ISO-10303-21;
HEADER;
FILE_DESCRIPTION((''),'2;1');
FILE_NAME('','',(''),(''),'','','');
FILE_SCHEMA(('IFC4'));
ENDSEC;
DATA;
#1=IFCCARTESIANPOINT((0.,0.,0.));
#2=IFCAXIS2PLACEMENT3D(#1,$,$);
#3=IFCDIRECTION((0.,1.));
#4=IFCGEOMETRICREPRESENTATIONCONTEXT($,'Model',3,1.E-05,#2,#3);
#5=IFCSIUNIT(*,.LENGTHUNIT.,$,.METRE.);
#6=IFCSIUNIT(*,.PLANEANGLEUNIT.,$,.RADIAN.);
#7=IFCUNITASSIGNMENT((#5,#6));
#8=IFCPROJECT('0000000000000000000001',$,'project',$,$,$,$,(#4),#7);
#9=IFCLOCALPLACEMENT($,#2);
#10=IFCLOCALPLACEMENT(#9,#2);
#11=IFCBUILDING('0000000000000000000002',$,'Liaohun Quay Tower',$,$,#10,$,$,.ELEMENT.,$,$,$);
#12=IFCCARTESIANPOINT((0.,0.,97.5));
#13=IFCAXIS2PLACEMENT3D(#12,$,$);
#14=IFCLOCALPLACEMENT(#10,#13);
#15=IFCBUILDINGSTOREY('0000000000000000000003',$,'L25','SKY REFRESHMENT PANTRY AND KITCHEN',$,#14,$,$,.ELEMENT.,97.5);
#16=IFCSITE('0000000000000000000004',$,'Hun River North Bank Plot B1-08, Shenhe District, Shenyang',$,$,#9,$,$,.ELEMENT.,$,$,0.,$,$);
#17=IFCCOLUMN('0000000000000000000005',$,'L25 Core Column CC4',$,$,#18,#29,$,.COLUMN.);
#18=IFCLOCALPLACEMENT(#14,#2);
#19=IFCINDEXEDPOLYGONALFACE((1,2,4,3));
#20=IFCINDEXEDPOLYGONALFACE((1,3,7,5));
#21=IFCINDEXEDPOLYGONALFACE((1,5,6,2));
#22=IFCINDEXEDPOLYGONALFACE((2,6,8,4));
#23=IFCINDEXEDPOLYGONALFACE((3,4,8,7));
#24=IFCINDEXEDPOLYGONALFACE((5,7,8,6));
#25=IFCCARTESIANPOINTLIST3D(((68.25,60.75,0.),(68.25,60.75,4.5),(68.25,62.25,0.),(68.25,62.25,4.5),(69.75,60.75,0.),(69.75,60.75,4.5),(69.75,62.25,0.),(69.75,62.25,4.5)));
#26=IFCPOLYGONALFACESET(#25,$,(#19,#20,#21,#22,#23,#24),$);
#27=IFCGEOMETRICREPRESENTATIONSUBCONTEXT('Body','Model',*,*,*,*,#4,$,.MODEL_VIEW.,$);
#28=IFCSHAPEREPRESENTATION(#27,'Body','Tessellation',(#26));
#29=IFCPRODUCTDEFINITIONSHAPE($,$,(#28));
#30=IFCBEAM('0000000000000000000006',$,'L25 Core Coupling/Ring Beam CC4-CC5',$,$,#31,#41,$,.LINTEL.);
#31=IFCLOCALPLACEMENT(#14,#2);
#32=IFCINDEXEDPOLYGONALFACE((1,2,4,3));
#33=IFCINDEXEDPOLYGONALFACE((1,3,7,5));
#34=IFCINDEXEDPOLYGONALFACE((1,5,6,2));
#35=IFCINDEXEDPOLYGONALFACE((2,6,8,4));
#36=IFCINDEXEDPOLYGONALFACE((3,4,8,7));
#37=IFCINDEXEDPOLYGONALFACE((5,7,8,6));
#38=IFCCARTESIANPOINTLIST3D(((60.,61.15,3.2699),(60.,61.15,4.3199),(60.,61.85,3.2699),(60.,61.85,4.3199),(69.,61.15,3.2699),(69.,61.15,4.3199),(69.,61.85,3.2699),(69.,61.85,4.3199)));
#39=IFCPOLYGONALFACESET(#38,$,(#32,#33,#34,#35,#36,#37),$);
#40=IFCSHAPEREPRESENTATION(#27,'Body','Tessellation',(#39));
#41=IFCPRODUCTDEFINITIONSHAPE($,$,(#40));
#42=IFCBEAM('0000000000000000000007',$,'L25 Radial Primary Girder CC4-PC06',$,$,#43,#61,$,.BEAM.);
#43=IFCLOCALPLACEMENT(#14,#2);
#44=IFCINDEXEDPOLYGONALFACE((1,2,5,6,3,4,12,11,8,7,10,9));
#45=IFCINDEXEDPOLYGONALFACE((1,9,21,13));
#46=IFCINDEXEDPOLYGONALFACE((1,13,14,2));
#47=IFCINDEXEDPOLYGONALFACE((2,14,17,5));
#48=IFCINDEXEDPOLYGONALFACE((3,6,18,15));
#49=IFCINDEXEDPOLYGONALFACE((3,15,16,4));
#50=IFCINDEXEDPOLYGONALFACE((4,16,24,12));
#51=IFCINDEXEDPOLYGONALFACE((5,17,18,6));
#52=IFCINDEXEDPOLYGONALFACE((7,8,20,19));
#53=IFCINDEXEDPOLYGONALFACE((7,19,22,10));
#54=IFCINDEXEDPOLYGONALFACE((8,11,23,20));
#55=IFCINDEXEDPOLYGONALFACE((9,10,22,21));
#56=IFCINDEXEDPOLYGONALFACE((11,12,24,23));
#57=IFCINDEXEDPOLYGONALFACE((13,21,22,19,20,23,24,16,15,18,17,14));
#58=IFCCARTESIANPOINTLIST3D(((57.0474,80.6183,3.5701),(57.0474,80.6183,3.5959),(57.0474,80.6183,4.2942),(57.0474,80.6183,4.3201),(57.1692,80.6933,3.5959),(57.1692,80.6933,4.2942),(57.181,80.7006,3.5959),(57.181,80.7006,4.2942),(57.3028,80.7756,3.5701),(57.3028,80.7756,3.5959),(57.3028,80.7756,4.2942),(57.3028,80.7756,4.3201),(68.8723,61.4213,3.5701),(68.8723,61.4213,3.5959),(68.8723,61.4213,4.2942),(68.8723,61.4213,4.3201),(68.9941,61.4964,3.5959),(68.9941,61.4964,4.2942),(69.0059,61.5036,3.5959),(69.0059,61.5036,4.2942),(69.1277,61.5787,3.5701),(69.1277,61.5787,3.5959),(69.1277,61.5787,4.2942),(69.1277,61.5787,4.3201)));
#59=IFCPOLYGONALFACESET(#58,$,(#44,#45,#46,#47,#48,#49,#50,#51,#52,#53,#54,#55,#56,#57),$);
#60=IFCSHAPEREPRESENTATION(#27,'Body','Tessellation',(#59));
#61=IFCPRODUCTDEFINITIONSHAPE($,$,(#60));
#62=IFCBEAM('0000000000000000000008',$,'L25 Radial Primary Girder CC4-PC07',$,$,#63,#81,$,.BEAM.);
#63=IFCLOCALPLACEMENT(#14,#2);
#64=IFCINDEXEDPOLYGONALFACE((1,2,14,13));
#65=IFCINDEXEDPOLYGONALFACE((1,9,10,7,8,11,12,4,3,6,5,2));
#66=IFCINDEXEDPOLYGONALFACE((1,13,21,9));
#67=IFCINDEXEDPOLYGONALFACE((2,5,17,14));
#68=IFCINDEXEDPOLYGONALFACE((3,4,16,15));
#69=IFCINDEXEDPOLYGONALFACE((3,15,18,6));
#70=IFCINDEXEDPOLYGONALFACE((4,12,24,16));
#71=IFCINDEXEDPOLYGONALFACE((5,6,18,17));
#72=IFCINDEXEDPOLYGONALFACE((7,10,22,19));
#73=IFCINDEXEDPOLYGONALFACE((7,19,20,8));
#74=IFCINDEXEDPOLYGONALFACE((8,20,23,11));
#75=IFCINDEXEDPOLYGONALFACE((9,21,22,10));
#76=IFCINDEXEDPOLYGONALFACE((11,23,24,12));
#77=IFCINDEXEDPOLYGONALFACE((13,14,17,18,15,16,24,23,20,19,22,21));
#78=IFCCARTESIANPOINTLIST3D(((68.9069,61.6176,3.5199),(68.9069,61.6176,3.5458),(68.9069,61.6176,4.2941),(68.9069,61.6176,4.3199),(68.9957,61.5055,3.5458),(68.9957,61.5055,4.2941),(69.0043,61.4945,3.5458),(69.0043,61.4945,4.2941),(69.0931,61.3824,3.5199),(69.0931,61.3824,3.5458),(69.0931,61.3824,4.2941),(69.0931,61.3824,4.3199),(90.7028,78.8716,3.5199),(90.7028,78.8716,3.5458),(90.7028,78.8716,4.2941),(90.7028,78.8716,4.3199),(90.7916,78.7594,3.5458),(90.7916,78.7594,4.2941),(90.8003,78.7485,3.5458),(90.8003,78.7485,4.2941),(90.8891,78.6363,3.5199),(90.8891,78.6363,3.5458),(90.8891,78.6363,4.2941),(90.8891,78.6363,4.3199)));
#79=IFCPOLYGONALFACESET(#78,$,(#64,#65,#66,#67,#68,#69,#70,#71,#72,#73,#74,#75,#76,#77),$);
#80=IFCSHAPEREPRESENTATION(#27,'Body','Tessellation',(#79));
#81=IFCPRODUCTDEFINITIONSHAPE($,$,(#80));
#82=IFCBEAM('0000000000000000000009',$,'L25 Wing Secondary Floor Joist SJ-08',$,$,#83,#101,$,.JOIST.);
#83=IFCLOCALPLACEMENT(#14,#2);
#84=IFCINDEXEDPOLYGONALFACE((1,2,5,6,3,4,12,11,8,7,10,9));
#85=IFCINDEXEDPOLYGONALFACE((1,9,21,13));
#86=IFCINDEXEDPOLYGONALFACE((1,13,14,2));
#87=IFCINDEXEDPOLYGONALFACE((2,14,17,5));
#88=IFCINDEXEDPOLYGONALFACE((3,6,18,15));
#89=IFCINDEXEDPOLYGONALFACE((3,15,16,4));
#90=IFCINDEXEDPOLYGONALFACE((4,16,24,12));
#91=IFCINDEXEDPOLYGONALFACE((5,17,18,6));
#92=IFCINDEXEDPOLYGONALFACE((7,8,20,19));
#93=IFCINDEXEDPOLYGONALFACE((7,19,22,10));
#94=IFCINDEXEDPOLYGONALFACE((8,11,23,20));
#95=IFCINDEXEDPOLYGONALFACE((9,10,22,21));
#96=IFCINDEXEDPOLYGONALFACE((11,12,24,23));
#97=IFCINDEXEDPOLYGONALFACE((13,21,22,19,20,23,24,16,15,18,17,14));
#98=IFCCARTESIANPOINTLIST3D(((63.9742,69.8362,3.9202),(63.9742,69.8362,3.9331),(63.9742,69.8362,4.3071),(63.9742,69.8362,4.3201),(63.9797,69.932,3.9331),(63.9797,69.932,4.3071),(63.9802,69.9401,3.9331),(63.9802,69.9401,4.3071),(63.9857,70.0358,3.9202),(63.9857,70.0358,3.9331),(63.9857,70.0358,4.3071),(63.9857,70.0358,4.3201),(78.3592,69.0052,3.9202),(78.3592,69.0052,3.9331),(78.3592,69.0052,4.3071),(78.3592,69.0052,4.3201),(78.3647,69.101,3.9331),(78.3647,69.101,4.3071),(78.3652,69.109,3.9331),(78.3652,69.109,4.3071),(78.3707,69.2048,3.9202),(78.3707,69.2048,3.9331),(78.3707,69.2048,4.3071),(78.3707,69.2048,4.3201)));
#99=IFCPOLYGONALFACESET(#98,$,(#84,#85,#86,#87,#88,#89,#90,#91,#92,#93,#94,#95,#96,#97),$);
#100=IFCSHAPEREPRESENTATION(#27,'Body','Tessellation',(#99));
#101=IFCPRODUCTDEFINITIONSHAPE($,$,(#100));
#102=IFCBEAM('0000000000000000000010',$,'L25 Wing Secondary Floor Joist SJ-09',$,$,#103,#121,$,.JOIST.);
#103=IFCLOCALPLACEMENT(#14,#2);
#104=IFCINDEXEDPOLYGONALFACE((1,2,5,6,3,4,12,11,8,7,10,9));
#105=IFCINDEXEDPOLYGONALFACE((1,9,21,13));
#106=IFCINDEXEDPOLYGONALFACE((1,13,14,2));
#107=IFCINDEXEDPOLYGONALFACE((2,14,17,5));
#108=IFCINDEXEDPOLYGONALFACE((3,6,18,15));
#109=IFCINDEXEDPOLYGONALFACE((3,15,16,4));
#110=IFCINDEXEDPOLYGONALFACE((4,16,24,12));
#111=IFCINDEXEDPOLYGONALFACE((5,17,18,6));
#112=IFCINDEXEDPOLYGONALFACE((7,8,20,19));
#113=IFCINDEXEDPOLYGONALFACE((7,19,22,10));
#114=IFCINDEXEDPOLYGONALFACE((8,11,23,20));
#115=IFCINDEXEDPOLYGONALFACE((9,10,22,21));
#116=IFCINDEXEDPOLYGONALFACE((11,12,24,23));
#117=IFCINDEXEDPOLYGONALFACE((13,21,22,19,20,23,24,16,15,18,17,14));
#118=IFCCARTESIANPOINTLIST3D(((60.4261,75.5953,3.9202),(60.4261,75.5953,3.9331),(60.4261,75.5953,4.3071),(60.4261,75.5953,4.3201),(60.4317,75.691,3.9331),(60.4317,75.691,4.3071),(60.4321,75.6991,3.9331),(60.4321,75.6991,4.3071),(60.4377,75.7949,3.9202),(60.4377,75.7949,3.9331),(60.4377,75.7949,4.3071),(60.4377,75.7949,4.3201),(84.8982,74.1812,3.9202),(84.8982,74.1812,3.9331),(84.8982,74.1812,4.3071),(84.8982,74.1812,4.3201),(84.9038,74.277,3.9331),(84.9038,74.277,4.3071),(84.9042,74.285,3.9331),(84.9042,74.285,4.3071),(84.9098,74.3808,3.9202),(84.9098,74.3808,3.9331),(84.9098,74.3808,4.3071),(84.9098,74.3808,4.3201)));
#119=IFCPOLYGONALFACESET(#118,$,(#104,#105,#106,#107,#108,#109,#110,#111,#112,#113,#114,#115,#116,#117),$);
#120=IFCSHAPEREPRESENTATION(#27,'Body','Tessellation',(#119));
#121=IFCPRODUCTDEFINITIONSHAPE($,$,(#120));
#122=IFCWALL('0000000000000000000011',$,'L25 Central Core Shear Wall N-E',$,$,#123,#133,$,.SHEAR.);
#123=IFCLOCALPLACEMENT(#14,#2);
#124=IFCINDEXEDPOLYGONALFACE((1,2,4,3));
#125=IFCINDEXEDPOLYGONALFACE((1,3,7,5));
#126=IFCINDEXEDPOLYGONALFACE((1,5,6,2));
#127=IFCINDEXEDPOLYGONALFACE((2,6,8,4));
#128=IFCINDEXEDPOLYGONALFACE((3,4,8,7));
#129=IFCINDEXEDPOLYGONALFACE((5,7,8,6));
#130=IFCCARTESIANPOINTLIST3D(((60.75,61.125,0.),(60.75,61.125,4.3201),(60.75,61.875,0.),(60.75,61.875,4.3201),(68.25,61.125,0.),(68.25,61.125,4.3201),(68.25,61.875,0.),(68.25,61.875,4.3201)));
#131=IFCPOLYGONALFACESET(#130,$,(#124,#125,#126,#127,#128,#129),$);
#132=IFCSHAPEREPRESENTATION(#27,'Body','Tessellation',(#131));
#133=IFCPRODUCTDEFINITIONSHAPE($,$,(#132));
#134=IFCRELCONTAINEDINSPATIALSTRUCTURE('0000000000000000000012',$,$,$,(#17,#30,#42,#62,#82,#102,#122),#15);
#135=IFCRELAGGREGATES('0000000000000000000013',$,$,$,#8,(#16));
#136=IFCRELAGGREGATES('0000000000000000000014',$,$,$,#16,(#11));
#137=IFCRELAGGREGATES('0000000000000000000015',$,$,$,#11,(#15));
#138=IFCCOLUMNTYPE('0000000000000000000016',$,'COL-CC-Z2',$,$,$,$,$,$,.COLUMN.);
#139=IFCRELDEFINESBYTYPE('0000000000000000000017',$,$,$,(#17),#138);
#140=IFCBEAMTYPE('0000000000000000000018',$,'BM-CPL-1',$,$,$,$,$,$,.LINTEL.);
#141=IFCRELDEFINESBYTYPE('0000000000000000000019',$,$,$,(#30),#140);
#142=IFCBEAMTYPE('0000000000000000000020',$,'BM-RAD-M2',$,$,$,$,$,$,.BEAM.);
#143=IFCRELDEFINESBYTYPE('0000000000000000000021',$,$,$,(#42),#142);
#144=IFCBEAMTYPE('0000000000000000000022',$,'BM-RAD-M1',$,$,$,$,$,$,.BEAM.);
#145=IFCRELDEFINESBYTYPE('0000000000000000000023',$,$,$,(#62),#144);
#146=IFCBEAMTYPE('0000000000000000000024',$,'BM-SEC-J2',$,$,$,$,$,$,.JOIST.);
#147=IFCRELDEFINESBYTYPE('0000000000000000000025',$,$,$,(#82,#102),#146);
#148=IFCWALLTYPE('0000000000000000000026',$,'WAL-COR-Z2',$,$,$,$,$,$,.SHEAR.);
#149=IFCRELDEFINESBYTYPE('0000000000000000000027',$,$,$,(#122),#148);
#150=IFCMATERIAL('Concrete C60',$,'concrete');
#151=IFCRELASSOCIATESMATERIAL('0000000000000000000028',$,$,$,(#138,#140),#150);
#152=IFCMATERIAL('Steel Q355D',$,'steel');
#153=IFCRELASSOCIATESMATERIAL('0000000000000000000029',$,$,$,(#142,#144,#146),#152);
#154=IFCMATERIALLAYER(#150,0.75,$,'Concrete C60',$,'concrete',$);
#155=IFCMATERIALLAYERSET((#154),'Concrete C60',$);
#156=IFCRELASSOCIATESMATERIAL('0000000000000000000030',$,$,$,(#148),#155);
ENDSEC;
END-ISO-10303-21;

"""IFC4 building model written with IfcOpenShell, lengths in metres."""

from ifc_helpers import new_model, si_unit, direction, frame, frame_2d, origin, origin_2d, place, context, subcontext, project, spatial, rectangle, i_section, extrude, source, transform, mapped, material, layer, layer_set, material_profile, profile_set, type_object, element, save


model = new_model("IFC4")

# Units and contexts
model_context = context("Model", 3, precision=1e-05, world=origin(), true_north=direction((0.0, 1.0)))
body_context = subcontext(model_context, "Body", "Model", "MODEL_VIEW")
ifc_project = project(units=[si_unit("LENGTHUNIT", "METRE"), si_unit("PLANEANGLEUNIT", "RADIAN")], contexts=[model_context])

# Site, building, storey
site_placement = place(None, origin())
site = spatial("IfcSite", under=ifc_project, at=site_placement, Name="Hun River North Bank Plot B1-08, Shenhe District, Shenyang", CompositionType="ELEMENT", RefElevation=0.0)
building_placement = place(site_placement, origin())
building = spatial("IfcBuilding", under=site, at=building_placement, Name="Liaohun Quay Tower", CompositionType="ELEMENT")
storey_placement = place(building_placement, frame((0.0, 0.0, 97.5)))
storey = spatial("IfcBuildingStorey", under=building, at=storey_placement, Name="L25", Description="SKY REFRESHMENT PANTRY AND KITCHEN", CompositionType="ELEMENT", Elevation=97.5)

# Column
ifc_material_1 = material(Name="Concrete C60", Category="concrete")
ifc_material_profile_1 = material_profile(ifc_material_1, rectangle(XDim=1.5, YDim=1.5, at=origin_2d()), Name="RC1500x1500")
ifc_profile_set_1 = profile_set([ifc_material_profile_1], Name="Concrete C60")
column_type = type_object("IfcColumnType", Name="COL-CC-Z2", PredefinedType="COLUMN", material=ifc_profile_set_1)
shared_shape_1 = source(origin(), body_context, "Body", "SweptSolid", [
    extrude(rectangle(XDim=1.5, YDim=1.5, at=origin_2d()), origin(), (0.0, 0.0, 1.0), 4.5),
])
column_placement = place(storey_placement, frame((69.0, 61.5, 0.0), z_axis=(0.0, 0.0, 1.0), x_axis=(1.0, 0.0, 0.0)))
element("IfcColumn", 1, at=column_placement, inside=storey, type_object=column_type, Name="L25 Core Column CC4", PredefinedType="COLUMN", context=body_context, shape_type="MappedRepresentation", body=[
    mapped(shared_shape_1, transform((0.0, 0.0, 0.0), x_axis=(1.0, 0.0, 0.0), y_axis=(0.0, 1.0, 0.0), z_axis=(0.0, 0.0, 1.0), scale=1.0)),
])

# Beams
ifc_material_profile_2 = material_profile(ifc_material_1, rectangle(XDim=0.7, YDim=1.05, at=origin_2d()), Name="RC700x1050")
ifc_profile_set_2 = profile_set([ifc_material_profile_2], Name="Concrete C60")
beam_type_1 = type_object("IfcBeamType", Name="BM-CPL-1", PredefinedType="LINTEL", material=ifc_profile_set_2)
shared_shape_2 = source(origin(), body_context, "Body", "SweptSolid", [
    extrude(rectangle(XDim=0.7, YDim=1.05, at=origin_2d()), origin(), (0.0, 0.0, 1.0), 9.0),
])
beam_1_placement = place(storey_placement, frame((69.0, 61.5, 3.7949), z_axis=(-1.0, 0.0, 0.0), x_axis=(0.0, -1.0, 0.0)))
element("IfcBeam", 2, at=beam_1_placement, inside=storey, type_object=beam_type_1, Name="L25 Core Coupling/Ring Beam CC4-CC5", PredefinedType="LINTEL", context=body_context, shape_type="MappedRepresentation", body=[
    mapped(shared_shape_2, transform((0.0, 0.0, 0.0), x_axis=(1.0, 0.0, 0.0), y_axis=(0.0, 1.0, 0.0), z_axis=(0.0, 0.0, 1.0), scale=1.0)),
])
ifc_material_2 = material(Name="Steel Q355D", Category="steel")
ifc_material_profile_3 = material_profile(ifc_material_2, i_section(OverallWidth=0.3, OverallDepth=0.75, WebThickness=0.0139, FlangeThickness=0.0259, at=origin_2d()), Name="HN750x300x14x26")
ifc_profile_set_3 = profile_set([ifc_material_profile_3], Name="Steel Q355D")
beam_type_2 = type_object("IfcBeamType", Name="BM-RAD-M2", PredefinedType="BEAM", material=ifc_profile_set_3)
shared_shape_3 = source(origin(), body_context, "Body", "SweptSolid", [
    extrude(i_section(OverallWidth=0.3, OverallDepth=0.75, WebThickness=0.0139, FlangeThickness=0.0259, at=origin_2d()), origin(), (0.0, 0.0, 1.0), 22.5466),
])
beam_2_placement = place(storey_placement, frame((69.0, 61.5, 3.9451), z_axis=(-0.524464, 0.851433, 0.0), x_axis=(-0.851433, -0.524464, 0.0)))
element("IfcBeam", 3, at=beam_2_placement, inside=storey, type_object=beam_type_2, Name="L25 Radial Primary Girder CC4-PC06", PredefinedType="BEAM", context=body_context, shape_type="MappedRepresentation", body=[
    mapped(shared_shape_3, transform((0.0, 0.0, 0.0), x_axis=(1.0, 0.0, 0.0), y_axis=(0.0, 1.0, 0.0), z_axis=(0.0, 0.0, 1.0), scale=1.0)),
])
ifc_material_profile_4 = material_profile(ifc_material_2, i_section(OverallWidth=0.3, OverallDepth=0.8, WebThickness=0.0139, FlangeThickness=0.0259, at=origin_2d()), Name="HN800x300x14x26")
ifc_profile_set_4 = profile_set([ifc_material_profile_4], Name="Steel Q355D")
beam_type_3 = type_object("IfcBeamType", Name="BM-RAD-M1", PredefinedType="BEAM", material=ifc_profile_set_4)
shared_shape_4 = source(origin(), body_context, "Body", "SweptSolid", [
    extrude(i_section(OverallWidth=0.3, OverallDepth=0.8, WebThickness=0.0139, FlangeThickness=0.0259, at=origin_2d()), origin(), (0.0, 0.0, 1.0), 27.7986),
])
beam_3_placement = place(storey_placement, frame((69.0, 61.5, 3.9199), z_axis=(0.784066, 0.620677, 0.0), x_axis=(-0.620677, 0.784066, 0.0)))
element("IfcBeam", 4, at=beam_3_placement, inside=storey, type_object=beam_type_3, Name="L25 Radial Primary Girder CC4-PC07", PredefinedType="BEAM", context=body_context, shape_type="MappedRepresentation", body=[
    mapped(shared_shape_4, transform((0.0, 0.0, 0.0), x_axis=(1.0, 0.0, 0.0), y_axis=(0.0, 1.0, 0.0), z_axis=(0.0, 0.0, 1.0), scale=1.0)),
])
ifc_material_profile_5 = material_profile(ifc_material_2, i_section(OverallWidth=0.2, OverallDepth=0.3999, WebThickness=0.0081, FlangeThickness=0.0129, at=origin_2d()), Name="HN400x200x8x13")
ifc_profile_set_5 = profile_set([ifc_material_profile_5], Name="Steel Q355D")
beam_type_4 = type_object("IfcBeamType", Name="BM-SEC-J2", PredefinedType="JOIST", material=ifc_profile_set_5)
shared_shape_5 = source(origin(), body_context, "Body", "SweptSolid", [
    extrude(i_section(OverallWidth=0.2, OverallDepth=0.3999, WebThickness=0.0081, FlangeThickness=0.0129, at=origin_2d()), origin(), (0.0, 0.0, 1.0), 14.4089),
])
beam_4_placement = place(storey_placement, frame((63.98, 69.936, 4.1201), z_axis=(0.998335, -0.057676, 0.0), x_axis=(0.057676, 0.998335, 0.0)))
element("IfcBeam", 5, at=beam_4_placement, inside=storey, type_object=beam_type_4, Name="L25 Wing Secondary Floor Joist SJ-08", PredefinedType="JOIST", context=body_context, shape_type="MappedRepresentation", body=[
    mapped(shared_shape_5, transform((0.0, 0.0, 0.0), x_axis=(1.0, 0.0, 0.0), y_axis=(0.0, 1.0, 0.0), z_axis=(0.0, 0.0, 1.0), scale=1.0)),
])
shared_shape_6 = source(origin(), body_context, "Body", "SweptSolid", [
    extrude(i_section(OverallWidth=0.2, OverallDepth=0.3999, WebThickness=0.0081, FlangeThickness=0.0129, at=origin_2d()), origin(), (0.0, 0.0, 1.0), 24.5129),
])
beam_5_placement = place(storey_placement, frame((60.4319, 75.6951, 4.1201), z_axis=(0.998335, -0.057686, 0.0), x_axis=(0.057686, 0.998335, 0.0)))
element("IfcBeam", 6, at=beam_5_placement, inside=storey, type_object=beam_type_4, Name="L25 Wing Secondary Floor Joist SJ-09", PredefinedType="JOIST", context=body_context, shape_type="MappedRepresentation", body=[
    mapped(shared_shape_6, transform((0.0, 0.0, 0.0), x_axis=(1.0, 0.0, 0.0), y_axis=(0.0, 1.0, 0.0), z_axis=(0.0, 0.0, 1.0), scale=1.0)),
])

# Wall
ifc_layer_1 = layer(ifc_material_1, 0.75, Name="Concrete C60", Category="concrete")
ifc_layer_set_1 = layer_set([ifc_layer_1], Name="Concrete C60")
wall_type_1 = type_object("IfcWallType", Name="WAL-COR-Z2", PredefinedType="SHEAR", material=ifc_layer_set_1)
wall_1_placement = place(storey_placement, frame((60.75, 61.5, 0.0), z_axis=(0.0, 0.0, 1.0), x_axis=(1.0, 0.0, 0.0)))
element("IfcWall", 7, at=wall_1_placement, inside=storey, type_object=wall_type_1, Name="L25 Central Core Shear Wall N-E", PredefinedType="SHEAR", context=body_context, shape_type="SweptSolid", body=[
    extrude(rectangle(XDim=7.5, YDim=0.75, at=frame_2d((3.75, 0.0))), origin(), (0.0, 0.0, 1.0), 4.3201),
])

save(model, "model.ifc")
